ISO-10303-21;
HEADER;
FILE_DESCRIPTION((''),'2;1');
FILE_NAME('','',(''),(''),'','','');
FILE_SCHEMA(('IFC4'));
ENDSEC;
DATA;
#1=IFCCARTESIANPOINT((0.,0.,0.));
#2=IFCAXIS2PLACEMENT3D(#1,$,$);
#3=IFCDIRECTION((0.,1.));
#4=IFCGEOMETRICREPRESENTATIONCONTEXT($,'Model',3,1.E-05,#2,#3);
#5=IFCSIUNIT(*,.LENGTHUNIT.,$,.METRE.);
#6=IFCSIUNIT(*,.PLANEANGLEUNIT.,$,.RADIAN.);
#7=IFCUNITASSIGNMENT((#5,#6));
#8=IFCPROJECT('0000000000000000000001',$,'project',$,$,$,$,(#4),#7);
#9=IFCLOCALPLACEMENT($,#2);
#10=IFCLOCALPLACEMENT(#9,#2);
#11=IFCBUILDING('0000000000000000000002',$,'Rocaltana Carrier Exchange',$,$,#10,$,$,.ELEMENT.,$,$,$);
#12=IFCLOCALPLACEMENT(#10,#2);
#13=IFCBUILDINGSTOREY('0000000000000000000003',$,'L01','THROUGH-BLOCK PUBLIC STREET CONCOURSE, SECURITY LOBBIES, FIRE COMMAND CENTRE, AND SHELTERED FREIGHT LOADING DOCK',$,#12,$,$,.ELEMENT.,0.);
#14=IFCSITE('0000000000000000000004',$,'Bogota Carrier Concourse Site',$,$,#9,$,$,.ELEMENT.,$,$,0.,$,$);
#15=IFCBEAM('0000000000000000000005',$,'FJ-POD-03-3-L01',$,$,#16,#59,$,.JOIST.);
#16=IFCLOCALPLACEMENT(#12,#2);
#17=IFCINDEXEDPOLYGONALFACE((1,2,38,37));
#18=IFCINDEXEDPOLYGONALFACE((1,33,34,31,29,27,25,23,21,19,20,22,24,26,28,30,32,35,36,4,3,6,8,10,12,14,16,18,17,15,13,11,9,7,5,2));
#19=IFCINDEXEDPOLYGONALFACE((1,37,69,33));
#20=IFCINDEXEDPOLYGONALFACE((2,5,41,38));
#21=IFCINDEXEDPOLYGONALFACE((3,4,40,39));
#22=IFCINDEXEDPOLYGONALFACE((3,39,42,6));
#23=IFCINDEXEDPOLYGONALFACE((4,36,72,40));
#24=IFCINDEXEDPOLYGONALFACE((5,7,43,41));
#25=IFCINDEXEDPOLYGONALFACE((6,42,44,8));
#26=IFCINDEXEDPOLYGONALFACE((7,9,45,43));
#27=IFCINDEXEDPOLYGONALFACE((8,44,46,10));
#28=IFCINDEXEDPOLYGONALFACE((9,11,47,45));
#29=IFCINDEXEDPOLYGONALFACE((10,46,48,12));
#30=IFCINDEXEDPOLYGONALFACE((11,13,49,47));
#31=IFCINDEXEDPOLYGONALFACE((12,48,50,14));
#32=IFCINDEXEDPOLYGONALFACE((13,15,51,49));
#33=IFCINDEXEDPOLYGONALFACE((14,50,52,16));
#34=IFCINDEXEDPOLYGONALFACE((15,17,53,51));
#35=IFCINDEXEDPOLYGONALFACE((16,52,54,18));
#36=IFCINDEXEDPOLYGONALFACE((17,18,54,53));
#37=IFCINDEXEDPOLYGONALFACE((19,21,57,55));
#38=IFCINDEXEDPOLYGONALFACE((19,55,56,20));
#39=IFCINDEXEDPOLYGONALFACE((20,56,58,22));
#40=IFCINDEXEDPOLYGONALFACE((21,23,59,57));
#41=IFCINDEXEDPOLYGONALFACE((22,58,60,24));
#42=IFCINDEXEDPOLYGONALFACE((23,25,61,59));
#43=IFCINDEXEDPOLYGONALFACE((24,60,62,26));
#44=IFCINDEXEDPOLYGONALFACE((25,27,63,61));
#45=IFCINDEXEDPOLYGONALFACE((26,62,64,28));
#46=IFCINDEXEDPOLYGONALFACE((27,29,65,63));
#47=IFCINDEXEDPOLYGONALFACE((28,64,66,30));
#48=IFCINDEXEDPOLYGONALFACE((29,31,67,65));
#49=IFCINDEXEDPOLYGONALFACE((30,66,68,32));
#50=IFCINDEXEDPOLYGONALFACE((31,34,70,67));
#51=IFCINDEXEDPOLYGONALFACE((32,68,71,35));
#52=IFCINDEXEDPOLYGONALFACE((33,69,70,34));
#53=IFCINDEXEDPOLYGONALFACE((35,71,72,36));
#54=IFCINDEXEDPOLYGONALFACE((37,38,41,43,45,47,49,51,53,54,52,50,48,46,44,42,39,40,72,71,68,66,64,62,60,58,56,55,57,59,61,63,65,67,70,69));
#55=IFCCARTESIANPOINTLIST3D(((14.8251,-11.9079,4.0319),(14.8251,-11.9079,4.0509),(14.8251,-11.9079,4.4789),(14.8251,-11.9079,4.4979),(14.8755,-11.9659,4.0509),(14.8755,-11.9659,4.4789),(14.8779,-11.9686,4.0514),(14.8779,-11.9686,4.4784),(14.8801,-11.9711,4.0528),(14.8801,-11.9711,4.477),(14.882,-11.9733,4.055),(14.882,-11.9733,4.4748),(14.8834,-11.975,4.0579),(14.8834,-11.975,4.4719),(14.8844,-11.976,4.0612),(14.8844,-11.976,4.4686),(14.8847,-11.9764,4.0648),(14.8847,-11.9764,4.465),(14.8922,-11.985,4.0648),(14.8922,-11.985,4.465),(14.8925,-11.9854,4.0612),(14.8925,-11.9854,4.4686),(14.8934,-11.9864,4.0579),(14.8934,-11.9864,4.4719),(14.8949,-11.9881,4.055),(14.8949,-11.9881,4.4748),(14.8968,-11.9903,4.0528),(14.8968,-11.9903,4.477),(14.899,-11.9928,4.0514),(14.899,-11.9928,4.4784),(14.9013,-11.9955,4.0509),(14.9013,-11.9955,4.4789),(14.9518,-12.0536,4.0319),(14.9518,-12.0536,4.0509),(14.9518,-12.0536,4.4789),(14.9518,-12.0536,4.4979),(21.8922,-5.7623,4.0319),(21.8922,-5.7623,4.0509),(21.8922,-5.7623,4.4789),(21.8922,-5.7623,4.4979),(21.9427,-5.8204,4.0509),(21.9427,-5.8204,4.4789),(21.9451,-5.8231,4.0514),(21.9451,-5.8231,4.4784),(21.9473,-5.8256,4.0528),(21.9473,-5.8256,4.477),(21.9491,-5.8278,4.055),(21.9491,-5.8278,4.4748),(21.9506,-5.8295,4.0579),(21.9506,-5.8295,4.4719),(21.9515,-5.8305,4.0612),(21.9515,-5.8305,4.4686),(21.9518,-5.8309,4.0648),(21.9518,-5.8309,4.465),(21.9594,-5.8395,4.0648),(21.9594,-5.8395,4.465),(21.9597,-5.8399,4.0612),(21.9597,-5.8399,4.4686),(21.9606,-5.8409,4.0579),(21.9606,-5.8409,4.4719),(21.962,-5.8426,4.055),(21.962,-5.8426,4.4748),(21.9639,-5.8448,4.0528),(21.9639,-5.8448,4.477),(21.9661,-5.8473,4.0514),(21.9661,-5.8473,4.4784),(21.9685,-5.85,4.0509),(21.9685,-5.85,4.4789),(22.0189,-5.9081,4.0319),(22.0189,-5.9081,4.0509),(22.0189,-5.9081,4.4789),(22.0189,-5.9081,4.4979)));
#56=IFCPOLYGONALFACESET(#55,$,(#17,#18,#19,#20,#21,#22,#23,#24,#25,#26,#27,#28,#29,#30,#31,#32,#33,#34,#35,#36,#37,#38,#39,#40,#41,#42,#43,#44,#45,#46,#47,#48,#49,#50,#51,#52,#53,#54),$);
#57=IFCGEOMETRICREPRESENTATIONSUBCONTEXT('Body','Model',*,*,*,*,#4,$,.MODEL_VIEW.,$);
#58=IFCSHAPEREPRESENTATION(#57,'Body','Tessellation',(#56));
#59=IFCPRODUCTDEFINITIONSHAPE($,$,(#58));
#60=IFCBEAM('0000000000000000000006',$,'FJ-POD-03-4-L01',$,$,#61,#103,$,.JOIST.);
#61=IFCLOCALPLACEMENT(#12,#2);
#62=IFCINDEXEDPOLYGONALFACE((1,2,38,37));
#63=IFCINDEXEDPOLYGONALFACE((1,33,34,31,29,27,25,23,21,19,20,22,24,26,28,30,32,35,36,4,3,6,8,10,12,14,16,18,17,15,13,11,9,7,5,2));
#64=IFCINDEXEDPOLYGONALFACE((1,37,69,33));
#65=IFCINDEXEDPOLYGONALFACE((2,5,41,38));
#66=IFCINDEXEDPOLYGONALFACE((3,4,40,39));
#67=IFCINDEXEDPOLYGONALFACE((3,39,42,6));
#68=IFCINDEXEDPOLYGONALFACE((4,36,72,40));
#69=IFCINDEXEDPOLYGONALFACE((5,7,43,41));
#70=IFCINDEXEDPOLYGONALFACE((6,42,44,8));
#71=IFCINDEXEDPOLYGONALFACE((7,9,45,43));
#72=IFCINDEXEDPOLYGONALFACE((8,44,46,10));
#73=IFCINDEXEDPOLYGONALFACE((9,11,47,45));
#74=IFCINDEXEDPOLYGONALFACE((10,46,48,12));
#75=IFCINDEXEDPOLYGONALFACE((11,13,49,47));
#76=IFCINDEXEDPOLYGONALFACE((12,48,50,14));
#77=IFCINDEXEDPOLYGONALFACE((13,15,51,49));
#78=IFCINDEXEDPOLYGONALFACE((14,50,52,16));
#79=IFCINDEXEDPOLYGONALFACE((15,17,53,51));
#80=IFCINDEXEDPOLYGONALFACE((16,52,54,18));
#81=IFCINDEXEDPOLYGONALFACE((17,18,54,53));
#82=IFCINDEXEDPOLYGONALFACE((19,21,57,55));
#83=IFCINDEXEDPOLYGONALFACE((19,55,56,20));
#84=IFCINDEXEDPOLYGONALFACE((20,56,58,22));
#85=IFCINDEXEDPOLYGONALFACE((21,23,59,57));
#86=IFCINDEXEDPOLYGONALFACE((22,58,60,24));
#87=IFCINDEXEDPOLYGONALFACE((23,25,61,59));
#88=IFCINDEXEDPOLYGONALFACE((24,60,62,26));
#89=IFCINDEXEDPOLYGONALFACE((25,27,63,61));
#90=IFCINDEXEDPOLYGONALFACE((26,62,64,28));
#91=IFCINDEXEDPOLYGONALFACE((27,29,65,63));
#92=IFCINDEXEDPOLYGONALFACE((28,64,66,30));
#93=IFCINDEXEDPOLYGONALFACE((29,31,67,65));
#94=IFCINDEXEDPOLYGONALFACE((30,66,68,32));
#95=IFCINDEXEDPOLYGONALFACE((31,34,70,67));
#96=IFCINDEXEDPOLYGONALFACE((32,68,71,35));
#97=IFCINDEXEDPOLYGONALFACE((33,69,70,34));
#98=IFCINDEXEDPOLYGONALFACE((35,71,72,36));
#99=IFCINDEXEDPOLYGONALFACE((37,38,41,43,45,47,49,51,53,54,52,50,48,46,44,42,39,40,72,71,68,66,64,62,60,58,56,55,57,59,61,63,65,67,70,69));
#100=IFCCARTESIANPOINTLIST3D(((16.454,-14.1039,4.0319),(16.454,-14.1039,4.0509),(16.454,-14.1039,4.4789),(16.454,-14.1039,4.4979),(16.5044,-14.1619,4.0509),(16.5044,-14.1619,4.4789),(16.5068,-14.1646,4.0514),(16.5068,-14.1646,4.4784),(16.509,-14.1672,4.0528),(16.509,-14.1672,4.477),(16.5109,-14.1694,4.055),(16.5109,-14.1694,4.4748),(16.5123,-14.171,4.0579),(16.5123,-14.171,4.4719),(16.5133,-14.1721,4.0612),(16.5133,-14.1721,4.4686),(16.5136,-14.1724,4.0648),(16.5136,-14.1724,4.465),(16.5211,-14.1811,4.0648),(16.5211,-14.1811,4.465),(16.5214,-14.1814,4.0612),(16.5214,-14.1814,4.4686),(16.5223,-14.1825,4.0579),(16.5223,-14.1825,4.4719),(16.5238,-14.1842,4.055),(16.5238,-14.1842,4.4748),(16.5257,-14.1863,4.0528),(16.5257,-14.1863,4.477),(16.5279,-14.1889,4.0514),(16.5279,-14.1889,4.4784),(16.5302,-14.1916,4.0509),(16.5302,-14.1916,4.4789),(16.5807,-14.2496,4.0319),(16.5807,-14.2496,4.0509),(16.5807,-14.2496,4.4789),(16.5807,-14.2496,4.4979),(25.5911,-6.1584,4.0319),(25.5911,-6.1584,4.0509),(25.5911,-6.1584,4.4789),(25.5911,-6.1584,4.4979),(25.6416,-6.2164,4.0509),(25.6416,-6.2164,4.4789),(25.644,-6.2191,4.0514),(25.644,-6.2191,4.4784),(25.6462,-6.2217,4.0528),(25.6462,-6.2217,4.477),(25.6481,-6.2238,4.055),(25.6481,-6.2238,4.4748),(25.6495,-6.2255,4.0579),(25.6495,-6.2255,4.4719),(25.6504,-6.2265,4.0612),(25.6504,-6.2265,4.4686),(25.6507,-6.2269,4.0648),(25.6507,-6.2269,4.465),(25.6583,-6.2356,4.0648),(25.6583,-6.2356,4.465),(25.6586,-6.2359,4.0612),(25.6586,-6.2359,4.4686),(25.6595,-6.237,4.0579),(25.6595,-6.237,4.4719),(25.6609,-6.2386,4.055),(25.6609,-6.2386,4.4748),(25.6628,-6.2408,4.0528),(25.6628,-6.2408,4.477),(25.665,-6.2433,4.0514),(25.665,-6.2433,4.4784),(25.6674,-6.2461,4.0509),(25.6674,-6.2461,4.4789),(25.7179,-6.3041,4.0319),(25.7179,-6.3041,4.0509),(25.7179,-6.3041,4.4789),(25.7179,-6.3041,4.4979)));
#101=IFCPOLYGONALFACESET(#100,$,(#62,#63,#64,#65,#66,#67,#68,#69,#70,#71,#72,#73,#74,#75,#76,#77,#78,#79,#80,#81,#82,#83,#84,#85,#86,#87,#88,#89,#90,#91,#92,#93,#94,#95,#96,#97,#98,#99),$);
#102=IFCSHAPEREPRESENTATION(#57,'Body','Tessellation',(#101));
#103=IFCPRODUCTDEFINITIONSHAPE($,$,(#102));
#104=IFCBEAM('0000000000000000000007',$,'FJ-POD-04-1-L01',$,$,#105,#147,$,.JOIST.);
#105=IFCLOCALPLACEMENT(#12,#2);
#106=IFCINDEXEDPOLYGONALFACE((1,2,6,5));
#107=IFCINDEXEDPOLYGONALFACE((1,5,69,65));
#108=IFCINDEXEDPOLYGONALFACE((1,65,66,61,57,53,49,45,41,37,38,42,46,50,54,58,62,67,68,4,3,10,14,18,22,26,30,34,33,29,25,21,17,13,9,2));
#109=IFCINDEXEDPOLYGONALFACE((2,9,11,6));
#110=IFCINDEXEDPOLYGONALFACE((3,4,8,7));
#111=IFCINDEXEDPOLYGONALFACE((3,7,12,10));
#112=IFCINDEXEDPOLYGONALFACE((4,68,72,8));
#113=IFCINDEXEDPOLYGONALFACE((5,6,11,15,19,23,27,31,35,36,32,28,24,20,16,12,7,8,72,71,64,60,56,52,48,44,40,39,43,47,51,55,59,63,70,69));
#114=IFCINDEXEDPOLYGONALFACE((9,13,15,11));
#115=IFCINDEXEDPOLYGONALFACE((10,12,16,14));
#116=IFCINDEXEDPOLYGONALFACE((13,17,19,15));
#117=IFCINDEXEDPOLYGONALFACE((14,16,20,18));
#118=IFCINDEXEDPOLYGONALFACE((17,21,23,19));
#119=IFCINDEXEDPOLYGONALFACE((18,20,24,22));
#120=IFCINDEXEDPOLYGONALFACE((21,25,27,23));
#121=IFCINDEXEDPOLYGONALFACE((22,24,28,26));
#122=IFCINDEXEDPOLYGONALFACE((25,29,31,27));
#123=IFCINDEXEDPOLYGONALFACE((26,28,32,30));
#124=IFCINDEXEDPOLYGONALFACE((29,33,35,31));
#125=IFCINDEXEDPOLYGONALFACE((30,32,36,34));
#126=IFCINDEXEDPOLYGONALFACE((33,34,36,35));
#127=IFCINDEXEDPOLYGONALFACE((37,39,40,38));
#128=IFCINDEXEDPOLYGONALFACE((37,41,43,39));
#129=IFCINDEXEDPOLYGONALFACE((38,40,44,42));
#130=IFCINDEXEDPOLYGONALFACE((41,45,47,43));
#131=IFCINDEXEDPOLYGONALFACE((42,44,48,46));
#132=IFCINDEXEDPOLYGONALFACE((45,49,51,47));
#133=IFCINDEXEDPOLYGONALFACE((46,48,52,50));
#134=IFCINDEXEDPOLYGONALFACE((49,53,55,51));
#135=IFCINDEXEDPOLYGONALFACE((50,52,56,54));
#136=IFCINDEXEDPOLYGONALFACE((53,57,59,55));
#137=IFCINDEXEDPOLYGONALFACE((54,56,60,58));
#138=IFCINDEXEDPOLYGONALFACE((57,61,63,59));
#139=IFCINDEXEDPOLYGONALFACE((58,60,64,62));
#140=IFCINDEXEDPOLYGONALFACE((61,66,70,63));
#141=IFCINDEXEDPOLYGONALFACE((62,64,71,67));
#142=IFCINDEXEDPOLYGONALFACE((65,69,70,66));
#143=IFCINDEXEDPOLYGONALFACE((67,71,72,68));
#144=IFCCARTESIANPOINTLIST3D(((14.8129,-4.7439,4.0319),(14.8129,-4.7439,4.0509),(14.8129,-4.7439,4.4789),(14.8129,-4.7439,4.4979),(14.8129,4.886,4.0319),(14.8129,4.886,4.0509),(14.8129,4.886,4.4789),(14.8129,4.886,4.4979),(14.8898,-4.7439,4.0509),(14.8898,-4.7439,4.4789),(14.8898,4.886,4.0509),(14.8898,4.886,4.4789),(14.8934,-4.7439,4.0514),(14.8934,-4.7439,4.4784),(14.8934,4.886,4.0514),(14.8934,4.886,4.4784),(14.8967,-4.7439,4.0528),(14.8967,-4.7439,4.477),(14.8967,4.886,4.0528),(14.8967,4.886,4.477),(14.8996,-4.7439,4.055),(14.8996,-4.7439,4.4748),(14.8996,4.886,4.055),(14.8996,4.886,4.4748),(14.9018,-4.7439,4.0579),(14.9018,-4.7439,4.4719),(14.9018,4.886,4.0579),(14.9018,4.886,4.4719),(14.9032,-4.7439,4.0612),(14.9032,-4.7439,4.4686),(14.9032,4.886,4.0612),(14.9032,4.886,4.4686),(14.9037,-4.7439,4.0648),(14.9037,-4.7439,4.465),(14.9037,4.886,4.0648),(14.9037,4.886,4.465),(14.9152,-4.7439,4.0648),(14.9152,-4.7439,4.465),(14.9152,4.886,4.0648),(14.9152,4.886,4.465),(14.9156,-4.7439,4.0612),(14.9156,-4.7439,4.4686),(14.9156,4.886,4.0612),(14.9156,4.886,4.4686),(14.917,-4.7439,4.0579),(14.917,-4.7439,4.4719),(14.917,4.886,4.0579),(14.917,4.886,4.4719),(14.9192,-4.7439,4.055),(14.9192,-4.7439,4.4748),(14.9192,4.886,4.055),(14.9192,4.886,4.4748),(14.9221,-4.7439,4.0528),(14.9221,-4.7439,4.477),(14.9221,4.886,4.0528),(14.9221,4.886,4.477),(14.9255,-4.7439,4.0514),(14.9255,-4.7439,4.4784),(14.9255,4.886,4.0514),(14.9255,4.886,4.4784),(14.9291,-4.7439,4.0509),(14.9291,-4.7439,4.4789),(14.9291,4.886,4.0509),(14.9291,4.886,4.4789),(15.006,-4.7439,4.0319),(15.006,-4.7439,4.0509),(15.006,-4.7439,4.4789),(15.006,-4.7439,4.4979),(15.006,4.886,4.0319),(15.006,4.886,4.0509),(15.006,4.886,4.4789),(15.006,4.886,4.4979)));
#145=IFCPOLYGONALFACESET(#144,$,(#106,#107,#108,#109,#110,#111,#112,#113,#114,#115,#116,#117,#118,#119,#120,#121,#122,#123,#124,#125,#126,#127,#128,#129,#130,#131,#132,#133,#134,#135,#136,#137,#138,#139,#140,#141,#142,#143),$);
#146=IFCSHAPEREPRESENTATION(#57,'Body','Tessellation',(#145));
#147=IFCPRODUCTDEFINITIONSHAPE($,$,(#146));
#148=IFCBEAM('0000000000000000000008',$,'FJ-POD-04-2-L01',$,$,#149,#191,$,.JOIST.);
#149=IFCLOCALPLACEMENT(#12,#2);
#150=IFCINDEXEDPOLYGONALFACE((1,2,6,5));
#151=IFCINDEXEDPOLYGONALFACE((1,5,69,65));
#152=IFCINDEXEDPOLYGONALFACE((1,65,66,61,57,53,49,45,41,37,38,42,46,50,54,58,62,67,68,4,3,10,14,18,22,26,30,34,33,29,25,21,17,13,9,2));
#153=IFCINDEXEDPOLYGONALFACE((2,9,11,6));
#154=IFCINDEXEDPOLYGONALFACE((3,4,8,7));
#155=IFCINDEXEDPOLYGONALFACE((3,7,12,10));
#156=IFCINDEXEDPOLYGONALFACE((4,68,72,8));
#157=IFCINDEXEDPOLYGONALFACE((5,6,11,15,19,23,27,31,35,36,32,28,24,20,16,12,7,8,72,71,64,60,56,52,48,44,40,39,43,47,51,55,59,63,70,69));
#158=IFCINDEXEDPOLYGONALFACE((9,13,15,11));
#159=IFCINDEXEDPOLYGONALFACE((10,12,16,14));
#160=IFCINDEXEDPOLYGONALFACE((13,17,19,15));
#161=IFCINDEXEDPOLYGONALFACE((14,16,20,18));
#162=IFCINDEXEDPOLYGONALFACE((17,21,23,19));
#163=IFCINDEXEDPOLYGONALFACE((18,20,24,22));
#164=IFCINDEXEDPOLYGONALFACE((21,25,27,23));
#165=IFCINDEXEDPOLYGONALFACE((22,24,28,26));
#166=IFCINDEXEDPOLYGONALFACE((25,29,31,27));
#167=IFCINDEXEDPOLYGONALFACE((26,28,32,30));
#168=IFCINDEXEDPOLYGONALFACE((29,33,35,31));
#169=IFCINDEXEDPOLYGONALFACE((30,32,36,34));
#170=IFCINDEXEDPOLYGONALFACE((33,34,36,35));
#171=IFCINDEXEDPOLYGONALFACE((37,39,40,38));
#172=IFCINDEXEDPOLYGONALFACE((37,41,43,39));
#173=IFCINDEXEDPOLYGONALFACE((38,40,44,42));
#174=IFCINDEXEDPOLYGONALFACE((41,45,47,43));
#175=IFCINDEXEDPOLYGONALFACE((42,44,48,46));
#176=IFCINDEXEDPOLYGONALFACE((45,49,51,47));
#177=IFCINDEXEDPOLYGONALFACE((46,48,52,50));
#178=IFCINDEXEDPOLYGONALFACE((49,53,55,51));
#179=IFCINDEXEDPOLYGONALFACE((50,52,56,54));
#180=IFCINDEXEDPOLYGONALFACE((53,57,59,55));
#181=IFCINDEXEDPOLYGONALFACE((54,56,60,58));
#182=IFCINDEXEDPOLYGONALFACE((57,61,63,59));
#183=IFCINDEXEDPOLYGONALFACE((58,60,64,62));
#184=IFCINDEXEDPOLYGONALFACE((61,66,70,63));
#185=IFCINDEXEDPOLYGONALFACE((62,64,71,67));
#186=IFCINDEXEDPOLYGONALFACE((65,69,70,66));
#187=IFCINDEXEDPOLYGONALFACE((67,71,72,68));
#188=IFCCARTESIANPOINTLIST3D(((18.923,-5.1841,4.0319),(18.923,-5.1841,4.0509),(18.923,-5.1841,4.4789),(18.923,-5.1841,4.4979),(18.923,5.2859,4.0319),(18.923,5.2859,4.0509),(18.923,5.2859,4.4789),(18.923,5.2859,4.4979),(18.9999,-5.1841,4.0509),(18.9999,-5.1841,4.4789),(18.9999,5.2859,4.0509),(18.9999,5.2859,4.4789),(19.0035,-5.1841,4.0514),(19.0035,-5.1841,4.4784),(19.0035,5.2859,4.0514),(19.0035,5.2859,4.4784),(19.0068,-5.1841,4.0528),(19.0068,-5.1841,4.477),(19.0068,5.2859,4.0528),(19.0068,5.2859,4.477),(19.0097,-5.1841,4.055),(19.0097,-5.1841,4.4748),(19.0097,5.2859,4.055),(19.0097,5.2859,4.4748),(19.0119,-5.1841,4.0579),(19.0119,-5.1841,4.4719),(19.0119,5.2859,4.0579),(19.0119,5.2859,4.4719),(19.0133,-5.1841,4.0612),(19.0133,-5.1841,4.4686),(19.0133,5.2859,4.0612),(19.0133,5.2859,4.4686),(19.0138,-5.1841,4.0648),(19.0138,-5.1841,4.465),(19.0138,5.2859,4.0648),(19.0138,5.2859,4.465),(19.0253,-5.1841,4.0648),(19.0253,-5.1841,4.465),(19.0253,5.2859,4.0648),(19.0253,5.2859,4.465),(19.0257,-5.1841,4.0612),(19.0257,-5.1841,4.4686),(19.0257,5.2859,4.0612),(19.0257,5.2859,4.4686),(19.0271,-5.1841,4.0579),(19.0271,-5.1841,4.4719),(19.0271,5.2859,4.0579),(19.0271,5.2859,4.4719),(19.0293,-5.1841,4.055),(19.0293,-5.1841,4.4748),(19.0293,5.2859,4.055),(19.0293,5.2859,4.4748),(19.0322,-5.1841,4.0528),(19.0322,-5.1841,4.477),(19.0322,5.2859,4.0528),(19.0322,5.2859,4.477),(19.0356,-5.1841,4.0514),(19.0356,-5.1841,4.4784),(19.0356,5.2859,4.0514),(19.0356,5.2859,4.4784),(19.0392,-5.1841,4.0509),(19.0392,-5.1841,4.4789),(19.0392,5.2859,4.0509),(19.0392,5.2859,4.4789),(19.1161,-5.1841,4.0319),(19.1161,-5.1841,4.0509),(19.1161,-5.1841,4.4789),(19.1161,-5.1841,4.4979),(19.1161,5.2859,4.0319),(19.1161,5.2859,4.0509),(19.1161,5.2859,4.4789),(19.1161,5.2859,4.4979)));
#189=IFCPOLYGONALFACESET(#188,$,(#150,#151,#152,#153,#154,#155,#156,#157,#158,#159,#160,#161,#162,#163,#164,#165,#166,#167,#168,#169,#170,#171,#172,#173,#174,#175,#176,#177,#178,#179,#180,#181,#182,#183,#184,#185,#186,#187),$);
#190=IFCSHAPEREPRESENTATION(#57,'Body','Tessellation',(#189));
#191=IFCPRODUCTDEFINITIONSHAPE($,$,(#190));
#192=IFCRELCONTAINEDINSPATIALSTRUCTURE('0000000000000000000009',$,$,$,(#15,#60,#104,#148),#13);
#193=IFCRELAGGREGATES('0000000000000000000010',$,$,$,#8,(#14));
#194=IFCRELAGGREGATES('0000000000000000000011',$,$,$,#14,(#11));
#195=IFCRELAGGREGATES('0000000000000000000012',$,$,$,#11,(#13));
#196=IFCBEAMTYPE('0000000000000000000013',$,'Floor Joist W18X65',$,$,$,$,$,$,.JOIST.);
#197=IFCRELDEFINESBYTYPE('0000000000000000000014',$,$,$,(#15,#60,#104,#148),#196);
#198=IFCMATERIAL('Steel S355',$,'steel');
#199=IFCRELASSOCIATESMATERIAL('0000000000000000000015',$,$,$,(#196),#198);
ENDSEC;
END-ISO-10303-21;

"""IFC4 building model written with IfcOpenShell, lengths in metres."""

from ifc_helpers import new_model, si_unit, direction, frame, origin, origin_2d, place, context, subcontext, project, spatial, i_section, extrude, material, material_profile, profile_set, type_object, element, save


model = new_model("IFC4")

# Units and contexts
model_context = context("Model", 3, precision=1e-05, world=origin(), true_north=direction((0.0, 1.0)))
body_context = subcontext(model_context, "Body", "Model", "MODEL_VIEW")
ifc_project = project(units=[si_unit("LENGTHUNIT", "METRE"), si_unit("PLANEANGLEUNIT", "RADIAN")], contexts=[model_context])

# Site, building, storey
site_placement = place(None, origin())
site = spatial("IfcSite", under=ifc_project, at=site_placement, Name="Bogota Carrier Concourse Site", CompositionType="ELEMENT", RefElevation=0.0)
building_placement = place(site_placement, origin())
building = spatial("IfcBuilding", under=site, at=building_placement, Name="Rocaltana Carrier Exchange", CompositionType="ELEMENT")
storey_placement = place(building_placement, origin())
storey = spatial("IfcBuildingStorey", under=building, at=storey_placement, Name="L01", Description="THROUGH-BLOCK PUBLIC STREET CONCOURSE, SECURITY LOBBIES, FIRE COMMAND CENTRE, AND SHELTERED FREIGHT LOADING DOCK", CompositionType="ELEMENT", Elevation=0.0)

# Beams
ifc_material_1 = material(Name="Steel S355", Category="steel")
ifc_material_profile_1 = material_profile(ifc_material_1, i_section(OverallWidth=0.1931, OverallDepth=0.4661, WebThickness=0.0115, FlangeThickness=0.019, FilletRadius=0.0139, at=origin_2d()), Name="W18X65")
ifc_profile_set_1 = profile_set([ifc_material_profile_1], Name="Steel S355")
beam_type_1 = type_object("IfcBeamType", Name="Floor Joist W18X65", PredefinedType="JOIST", material=ifc_profile_set_1)
beam_1_placement = place(storey_placement, frame((14.8884, -11.9807, 4.2649), z_axis=(0.754597, 0.656189, 0.0), x_axis=(-0.656189, 0.754597, 0.0)))
element("IfcBeam", 1, at=beam_1_placement, inside=storey, type_object=beam_type_1, Name="FJ-POD-03-3-L01", PredefinedType="JOIST", context=body_context, shape_type="SweptSolid", body=[
    extrude(i_section(OverallWidth=0.1931, OverallDepth=0.4661, WebThickness=0.0115, FlangeThickness=0.019, FilletRadius=0.0139, at=origin_2d()), origin(), (0.0, 0.0, 1.0), 9.3655),
])
beam_2_placement = place(storey_placement, frame((16.5173, -14.1768, 4.2649), z_axis=(0.754599, 0.656186, 0.0), x_axis=(-0.656186, 0.754599, 0.0)))
element("IfcBeam", 2, at=beam_2_placement, inside=storey, type_object=beam_type_1, Name="FJ-POD-03-4-L01", PredefinedType="JOIST", context=body_context, shape_type="SweptSolid", body=[
    extrude(i_section(OverallWidth=0.1931, OverallDepth=0.4661, WebThickness=0.0115, FlangeThickness=0.019, FilletRadius=0.0139, at=origin_2d()), origin(), (0.0, 0.0, 1.0), 12.1086),
])
beam_3_placement = place(storey_placement, frame((14.9094, -4.7439, 4.2649), z_axis=(0.0, 1.0, 0.0), x_axis=(-1.0, 0.0, 0.0)))
element("IfcBeam", 3, at=beam_3_placement, inside=storey, type_object=beam_type_1, Name="FJ-POD-04-1-L01", PredefinedType="JOIST", context=body_context, shape_type="SweptSolid", body=[
    extrude(i_section(OverallWidth=0.1931, OverallDepth=0.4661, WebThickness=0.0115, FlangeThickness=0.019, FilletRadius=0.0139, at=origin_2d()), origin(), (0.0, 0.0, 1.0), 9.6299),
])
beam_4_placement = place(storey_placement, frame((19.0195, -5.1841, 4.2649), z_axis=(0.0, 1.0, 0.0), x_axis=(-1.0, 0.0, 0.0)))
element("IfcBeam", 4, at=beam_4_placement, inside=storey, type_object=beam_type_1, Name="FJ-POD-04-2-L01", PredefinedType="JOIST", context=body_context, shape_type="SweptSolid", body=[
    extrude(i_section(OverallWidth=0.1931, OverallDepth=0.4661, WebThickness=0.0115, FlangeThickness=0.019, FilletRadius=0.0139, at=origin_2d()), origin(), (0.0, 0.0, 1.0), 10.47),
])

save(model, "model.ifc")
